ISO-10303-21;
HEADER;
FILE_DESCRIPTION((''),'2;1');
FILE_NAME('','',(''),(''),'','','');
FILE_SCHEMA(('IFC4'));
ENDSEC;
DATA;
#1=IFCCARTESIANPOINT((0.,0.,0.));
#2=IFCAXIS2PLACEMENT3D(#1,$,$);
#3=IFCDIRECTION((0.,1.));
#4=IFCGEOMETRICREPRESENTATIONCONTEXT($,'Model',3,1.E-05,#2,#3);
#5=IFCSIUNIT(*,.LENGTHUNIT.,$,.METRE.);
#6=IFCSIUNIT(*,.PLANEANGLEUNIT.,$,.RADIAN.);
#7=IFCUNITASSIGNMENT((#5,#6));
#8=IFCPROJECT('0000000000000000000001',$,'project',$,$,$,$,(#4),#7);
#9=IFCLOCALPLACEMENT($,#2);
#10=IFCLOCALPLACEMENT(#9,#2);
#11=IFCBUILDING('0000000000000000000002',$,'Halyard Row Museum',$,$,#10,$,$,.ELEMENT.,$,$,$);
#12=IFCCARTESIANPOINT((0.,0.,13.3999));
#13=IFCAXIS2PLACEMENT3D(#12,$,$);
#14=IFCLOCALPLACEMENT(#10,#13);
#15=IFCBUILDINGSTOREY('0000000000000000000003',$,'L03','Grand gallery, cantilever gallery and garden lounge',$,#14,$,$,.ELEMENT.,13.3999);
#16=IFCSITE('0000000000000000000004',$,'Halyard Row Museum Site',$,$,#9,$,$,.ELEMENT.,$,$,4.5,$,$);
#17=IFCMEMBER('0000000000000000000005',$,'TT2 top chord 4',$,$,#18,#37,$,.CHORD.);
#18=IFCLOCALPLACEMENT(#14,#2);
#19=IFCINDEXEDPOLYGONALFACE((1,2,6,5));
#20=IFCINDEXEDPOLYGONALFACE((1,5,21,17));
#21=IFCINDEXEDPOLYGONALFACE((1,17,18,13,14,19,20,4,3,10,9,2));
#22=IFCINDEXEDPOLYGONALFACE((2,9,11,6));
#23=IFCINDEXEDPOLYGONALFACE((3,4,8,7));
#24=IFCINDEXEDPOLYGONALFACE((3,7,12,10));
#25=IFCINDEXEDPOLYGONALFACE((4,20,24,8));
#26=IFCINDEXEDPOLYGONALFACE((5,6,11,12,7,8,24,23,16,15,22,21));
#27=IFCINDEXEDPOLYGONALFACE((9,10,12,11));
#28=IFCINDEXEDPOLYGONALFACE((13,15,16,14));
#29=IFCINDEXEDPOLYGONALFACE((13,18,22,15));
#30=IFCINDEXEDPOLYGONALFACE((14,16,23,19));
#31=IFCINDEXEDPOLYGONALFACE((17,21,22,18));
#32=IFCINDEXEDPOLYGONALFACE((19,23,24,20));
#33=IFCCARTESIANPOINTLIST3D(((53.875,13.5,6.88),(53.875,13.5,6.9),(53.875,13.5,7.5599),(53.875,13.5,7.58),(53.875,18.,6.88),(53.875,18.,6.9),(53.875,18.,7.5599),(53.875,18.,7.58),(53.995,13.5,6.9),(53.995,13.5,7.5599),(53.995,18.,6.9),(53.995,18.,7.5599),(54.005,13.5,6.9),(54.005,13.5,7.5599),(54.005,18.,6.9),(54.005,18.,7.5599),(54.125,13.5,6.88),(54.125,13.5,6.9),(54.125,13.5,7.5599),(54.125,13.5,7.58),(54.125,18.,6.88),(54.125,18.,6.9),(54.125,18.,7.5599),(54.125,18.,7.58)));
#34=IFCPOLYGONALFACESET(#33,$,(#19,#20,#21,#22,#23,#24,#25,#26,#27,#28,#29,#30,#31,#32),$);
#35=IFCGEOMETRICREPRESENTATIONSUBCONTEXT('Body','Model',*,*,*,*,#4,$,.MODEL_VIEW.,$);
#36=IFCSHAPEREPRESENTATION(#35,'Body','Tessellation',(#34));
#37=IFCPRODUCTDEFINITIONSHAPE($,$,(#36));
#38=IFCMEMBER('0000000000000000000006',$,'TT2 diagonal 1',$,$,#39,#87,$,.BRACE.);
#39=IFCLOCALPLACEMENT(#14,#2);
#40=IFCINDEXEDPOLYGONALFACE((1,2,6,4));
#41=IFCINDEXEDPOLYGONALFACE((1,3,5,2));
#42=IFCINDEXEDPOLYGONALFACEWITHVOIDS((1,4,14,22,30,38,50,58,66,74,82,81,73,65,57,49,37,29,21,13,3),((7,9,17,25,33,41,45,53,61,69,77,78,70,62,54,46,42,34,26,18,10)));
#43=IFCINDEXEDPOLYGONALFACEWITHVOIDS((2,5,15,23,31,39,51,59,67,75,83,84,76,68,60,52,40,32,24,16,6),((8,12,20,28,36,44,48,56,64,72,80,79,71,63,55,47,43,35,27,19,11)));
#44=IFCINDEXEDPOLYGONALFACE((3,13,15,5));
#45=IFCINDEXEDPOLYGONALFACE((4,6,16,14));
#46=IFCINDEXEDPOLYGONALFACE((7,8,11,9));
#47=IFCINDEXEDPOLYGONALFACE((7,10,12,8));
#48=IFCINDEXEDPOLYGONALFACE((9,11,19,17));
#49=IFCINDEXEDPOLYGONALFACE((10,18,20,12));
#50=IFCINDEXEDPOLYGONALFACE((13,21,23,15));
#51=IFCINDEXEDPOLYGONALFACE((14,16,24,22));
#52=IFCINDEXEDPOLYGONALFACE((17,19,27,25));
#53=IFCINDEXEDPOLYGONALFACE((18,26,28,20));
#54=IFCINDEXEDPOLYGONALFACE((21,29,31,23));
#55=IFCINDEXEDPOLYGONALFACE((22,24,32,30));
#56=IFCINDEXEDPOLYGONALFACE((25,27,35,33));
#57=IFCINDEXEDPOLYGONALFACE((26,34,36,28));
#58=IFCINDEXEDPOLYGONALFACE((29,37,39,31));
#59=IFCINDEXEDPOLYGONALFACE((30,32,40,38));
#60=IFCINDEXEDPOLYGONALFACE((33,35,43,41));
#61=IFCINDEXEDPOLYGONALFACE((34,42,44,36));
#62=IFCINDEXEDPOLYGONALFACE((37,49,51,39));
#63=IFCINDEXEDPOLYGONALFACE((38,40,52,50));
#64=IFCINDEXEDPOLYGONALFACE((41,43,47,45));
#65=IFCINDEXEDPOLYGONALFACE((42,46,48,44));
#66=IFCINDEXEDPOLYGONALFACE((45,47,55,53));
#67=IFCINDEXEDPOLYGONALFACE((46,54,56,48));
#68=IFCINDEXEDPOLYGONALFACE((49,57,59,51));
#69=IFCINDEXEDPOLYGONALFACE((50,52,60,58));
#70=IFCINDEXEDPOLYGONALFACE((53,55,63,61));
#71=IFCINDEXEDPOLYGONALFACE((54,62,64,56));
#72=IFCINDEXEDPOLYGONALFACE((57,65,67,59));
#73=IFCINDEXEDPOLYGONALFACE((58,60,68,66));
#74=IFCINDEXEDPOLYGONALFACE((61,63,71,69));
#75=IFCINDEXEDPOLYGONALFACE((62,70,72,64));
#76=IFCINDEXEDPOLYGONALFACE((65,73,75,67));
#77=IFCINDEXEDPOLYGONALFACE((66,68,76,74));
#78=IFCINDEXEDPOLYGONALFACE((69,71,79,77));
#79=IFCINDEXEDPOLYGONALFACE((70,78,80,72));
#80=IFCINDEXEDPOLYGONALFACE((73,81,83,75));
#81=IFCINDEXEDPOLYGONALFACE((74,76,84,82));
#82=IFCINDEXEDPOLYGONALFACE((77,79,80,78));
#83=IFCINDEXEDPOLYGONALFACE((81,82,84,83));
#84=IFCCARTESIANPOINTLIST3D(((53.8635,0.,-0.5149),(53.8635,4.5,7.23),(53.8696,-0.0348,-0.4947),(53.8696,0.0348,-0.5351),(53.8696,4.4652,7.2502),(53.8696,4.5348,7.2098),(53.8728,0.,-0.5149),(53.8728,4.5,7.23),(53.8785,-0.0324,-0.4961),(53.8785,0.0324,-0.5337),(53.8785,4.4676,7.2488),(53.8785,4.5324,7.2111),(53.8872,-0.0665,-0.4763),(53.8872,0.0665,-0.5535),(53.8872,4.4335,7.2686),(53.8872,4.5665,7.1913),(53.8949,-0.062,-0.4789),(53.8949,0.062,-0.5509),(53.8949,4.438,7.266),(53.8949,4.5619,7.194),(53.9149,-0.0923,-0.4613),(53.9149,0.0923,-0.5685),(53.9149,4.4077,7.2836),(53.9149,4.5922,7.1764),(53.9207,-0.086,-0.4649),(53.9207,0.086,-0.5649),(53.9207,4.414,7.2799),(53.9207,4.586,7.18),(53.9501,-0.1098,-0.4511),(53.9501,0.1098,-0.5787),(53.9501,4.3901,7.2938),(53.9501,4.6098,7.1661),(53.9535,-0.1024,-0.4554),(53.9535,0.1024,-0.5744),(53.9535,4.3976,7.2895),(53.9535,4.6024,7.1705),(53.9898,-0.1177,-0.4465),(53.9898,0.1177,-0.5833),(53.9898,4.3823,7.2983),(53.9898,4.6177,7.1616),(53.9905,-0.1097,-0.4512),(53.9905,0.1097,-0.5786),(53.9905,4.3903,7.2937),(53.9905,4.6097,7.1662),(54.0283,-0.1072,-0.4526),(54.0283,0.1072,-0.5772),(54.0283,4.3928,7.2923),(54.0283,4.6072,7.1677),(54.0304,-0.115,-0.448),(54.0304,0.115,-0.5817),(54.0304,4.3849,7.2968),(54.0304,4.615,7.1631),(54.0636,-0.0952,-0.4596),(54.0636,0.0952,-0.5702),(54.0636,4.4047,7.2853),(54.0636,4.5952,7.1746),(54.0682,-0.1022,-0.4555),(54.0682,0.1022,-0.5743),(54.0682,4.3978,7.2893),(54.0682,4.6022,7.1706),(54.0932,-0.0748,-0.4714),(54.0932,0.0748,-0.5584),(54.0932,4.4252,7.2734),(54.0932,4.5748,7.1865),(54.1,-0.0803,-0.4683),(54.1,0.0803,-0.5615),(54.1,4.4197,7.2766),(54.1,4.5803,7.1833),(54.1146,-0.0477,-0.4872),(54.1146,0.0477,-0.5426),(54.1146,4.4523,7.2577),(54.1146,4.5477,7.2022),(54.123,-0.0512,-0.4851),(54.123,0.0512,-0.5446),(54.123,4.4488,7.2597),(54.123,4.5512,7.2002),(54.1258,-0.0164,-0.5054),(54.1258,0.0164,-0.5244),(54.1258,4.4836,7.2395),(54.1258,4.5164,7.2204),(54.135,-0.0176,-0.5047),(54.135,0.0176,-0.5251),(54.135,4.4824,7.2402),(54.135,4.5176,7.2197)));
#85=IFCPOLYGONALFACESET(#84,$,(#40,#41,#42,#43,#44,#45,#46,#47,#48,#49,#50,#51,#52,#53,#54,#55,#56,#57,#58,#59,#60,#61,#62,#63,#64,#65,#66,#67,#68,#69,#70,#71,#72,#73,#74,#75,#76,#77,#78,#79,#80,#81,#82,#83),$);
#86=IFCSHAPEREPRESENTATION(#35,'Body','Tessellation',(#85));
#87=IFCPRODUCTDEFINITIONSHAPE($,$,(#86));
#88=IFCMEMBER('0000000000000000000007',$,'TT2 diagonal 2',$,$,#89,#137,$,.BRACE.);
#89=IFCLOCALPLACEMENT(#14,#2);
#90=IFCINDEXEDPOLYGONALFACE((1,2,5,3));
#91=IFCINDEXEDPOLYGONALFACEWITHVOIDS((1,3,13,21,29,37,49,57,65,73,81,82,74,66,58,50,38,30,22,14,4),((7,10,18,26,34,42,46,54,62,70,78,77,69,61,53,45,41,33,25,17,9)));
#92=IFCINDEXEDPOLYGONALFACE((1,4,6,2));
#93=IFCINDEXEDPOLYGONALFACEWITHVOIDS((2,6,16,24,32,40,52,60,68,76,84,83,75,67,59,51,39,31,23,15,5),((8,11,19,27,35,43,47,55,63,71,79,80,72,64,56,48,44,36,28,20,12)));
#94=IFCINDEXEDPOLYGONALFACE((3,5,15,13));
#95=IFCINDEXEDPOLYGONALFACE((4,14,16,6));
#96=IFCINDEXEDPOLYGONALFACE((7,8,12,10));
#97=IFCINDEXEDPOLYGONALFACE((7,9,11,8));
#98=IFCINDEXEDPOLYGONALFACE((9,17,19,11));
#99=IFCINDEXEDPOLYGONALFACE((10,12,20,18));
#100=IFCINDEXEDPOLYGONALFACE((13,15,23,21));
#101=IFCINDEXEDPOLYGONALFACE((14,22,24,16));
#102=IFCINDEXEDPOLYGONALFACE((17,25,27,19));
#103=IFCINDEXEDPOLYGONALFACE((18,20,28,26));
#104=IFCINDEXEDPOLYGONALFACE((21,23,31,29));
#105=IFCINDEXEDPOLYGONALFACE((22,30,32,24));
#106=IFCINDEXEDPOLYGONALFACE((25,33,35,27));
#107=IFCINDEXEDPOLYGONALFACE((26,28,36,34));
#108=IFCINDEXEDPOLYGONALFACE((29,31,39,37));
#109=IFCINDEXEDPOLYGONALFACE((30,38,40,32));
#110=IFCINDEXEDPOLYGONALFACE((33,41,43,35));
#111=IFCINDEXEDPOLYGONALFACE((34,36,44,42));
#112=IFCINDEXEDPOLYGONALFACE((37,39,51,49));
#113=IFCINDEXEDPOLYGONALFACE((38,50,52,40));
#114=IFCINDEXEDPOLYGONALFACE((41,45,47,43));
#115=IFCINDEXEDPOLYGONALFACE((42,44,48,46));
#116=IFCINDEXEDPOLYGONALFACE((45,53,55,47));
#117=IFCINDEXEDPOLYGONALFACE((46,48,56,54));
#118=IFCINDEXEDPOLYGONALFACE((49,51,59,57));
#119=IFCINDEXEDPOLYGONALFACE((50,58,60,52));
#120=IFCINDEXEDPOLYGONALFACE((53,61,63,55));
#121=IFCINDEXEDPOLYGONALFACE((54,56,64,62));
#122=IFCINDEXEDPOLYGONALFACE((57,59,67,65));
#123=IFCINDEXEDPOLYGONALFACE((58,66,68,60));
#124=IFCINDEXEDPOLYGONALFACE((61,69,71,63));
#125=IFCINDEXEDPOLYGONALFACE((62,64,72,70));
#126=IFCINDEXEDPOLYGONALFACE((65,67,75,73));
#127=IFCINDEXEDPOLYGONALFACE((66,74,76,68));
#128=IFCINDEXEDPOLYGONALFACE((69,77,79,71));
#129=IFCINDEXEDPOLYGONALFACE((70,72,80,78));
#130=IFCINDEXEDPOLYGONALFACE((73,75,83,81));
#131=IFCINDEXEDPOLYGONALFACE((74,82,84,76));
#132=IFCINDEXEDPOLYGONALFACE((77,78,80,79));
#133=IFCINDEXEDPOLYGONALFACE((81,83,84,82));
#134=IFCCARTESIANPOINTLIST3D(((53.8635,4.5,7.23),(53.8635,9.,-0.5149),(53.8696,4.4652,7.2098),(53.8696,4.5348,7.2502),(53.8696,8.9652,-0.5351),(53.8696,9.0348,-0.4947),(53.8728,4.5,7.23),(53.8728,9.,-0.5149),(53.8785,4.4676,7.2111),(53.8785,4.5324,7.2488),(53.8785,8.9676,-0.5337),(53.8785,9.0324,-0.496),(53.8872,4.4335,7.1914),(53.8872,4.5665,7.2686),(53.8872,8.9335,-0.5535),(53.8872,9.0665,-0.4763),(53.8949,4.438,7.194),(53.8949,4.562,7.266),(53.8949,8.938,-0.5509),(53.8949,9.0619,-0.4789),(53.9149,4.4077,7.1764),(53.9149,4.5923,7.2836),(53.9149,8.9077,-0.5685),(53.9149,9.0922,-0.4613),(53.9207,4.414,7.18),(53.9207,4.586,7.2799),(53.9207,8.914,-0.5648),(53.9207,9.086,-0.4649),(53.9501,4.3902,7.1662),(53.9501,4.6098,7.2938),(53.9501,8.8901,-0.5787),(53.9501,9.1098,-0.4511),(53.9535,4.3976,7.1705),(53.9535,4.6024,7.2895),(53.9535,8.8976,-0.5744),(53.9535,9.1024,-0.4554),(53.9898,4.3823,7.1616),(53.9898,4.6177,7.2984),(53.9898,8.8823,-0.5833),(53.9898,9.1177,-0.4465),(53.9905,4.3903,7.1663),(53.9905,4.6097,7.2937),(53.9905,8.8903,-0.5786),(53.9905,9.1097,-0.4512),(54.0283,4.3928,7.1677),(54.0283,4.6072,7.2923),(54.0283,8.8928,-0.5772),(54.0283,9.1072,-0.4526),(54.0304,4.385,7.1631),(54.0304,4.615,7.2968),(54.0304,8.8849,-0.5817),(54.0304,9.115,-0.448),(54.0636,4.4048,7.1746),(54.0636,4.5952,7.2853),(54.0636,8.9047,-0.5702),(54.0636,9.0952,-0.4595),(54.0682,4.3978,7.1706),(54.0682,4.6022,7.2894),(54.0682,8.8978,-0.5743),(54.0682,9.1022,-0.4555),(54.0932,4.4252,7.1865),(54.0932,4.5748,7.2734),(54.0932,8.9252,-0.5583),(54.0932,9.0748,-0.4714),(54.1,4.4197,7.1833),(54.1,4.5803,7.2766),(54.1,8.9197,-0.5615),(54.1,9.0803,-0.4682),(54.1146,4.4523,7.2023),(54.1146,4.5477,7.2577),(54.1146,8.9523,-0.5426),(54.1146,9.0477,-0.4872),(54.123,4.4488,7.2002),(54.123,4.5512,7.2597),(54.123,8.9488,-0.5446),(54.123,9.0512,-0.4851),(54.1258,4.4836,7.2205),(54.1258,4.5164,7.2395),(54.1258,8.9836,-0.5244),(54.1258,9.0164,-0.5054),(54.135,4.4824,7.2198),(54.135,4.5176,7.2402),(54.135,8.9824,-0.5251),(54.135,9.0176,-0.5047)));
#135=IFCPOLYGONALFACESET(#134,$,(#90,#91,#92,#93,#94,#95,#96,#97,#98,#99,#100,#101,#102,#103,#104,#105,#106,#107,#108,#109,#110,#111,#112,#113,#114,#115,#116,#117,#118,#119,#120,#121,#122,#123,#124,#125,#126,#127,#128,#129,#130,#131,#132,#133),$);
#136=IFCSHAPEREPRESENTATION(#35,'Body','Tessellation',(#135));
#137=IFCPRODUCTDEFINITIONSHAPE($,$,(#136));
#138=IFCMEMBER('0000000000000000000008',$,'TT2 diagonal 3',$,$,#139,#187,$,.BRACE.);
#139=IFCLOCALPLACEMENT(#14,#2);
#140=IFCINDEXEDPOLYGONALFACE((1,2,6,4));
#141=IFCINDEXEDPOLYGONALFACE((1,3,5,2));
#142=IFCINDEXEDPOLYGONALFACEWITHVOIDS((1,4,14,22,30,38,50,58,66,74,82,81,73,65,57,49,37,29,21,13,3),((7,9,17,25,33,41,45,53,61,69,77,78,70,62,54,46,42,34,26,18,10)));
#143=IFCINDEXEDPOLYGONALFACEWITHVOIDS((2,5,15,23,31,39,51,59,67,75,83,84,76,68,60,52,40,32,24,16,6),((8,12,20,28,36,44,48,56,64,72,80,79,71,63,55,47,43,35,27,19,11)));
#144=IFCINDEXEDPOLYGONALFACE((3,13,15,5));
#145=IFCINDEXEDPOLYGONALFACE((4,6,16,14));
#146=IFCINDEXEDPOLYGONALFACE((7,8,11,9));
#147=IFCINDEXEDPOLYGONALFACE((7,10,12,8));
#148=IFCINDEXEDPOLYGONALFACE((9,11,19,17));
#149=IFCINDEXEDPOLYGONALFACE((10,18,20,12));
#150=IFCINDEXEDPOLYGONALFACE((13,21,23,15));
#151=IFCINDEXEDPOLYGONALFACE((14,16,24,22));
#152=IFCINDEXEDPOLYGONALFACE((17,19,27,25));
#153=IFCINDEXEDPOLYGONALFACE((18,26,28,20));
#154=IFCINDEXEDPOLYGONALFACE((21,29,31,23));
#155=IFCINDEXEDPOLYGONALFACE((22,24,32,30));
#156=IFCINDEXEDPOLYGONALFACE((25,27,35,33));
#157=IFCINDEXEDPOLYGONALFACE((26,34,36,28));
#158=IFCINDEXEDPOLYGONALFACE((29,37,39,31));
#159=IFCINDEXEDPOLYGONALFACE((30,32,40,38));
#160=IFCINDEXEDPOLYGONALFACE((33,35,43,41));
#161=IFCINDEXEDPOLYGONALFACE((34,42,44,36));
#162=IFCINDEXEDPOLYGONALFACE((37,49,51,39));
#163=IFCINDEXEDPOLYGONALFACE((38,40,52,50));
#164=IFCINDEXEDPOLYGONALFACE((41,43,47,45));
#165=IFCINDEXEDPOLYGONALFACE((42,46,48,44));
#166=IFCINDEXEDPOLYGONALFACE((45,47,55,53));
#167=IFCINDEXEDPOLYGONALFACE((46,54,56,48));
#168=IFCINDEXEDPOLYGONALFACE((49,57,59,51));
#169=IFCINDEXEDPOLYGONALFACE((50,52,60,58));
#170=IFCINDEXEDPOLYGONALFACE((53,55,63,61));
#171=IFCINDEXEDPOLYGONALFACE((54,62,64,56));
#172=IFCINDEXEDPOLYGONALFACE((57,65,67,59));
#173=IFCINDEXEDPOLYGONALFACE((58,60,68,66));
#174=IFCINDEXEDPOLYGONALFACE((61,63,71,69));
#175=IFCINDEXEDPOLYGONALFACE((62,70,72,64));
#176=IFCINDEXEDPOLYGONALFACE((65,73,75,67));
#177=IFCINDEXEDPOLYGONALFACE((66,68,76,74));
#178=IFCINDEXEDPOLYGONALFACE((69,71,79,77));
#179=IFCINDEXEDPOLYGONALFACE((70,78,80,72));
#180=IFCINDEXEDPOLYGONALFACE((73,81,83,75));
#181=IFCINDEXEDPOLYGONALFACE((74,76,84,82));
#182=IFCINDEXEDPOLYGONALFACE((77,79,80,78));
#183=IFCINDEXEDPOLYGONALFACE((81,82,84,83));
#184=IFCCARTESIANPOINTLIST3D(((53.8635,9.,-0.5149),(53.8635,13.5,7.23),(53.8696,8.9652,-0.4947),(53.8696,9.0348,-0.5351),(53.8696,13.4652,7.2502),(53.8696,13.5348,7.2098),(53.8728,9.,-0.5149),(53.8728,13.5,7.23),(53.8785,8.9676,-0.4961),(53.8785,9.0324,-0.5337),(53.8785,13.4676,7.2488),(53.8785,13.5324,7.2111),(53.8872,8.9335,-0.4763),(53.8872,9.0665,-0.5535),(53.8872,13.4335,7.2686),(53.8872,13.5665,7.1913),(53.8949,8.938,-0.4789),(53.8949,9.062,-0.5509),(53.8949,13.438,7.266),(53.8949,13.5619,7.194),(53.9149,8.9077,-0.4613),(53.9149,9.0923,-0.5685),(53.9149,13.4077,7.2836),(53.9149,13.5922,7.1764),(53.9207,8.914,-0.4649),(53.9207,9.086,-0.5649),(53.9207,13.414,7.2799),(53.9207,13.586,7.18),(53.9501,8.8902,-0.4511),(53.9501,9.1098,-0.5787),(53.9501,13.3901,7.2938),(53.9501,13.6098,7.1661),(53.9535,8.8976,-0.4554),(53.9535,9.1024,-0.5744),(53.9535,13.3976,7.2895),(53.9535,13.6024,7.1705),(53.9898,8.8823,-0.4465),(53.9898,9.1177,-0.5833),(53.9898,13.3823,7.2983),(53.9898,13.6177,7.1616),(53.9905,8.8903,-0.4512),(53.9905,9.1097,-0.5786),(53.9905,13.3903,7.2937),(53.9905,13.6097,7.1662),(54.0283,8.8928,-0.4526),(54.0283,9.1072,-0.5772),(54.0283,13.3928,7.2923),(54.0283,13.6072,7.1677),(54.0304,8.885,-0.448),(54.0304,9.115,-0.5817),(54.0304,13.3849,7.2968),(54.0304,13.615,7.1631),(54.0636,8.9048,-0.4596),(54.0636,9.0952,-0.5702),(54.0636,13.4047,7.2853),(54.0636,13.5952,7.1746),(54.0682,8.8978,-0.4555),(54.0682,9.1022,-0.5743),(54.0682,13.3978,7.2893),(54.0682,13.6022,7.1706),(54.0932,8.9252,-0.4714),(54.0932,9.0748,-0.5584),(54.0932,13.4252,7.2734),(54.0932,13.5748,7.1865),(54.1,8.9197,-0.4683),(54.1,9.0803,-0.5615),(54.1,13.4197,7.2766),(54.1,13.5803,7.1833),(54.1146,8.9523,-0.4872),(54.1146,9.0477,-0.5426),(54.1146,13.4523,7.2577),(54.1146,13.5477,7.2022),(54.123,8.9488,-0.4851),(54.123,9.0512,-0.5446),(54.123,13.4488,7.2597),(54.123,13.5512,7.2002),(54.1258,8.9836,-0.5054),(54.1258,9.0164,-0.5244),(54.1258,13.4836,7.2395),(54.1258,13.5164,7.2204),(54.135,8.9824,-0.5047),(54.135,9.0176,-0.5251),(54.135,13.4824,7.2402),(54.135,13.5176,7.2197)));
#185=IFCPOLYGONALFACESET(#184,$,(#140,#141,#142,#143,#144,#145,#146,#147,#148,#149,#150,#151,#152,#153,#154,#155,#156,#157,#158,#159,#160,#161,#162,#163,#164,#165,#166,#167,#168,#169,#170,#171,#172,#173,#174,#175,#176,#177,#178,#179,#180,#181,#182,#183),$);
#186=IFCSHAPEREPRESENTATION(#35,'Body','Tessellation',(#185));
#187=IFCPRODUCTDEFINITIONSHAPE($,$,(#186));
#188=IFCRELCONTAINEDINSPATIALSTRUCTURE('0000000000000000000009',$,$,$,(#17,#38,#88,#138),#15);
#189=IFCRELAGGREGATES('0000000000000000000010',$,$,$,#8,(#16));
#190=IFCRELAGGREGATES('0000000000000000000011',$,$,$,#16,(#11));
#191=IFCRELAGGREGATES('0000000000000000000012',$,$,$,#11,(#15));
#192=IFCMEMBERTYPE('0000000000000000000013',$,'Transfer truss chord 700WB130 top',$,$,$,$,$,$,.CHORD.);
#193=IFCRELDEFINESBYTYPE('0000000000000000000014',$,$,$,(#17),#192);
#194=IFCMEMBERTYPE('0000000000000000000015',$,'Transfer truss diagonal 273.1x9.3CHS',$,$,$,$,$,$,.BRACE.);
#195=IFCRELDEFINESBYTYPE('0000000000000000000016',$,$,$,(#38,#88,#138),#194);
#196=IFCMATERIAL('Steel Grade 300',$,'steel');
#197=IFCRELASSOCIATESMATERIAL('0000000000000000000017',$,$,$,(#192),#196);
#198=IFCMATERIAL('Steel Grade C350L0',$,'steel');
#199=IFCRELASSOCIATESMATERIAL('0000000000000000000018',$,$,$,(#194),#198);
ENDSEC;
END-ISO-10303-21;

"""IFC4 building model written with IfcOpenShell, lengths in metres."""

from ifc_helpers import new_model, si_unit, direction, frame, origin, origin_2d, place, context, subcontext, project, spatial, hollow_circle, i_section, extrude, material, material_profile, profile_set, type_object, element, save


model = new_model("IFC4")

# Units and contexts
model_context = context("Model", 3, precision=1e-05, world=origin(), true_north=direction((0.0, 1.0)))
body_context = subcontext(model_context, "Body", "Model", "MODEL_VIEW")
ifc_project = project(units=[si_unit("LENGTHUNIT", "METRE"), si_unit("PLANEANGLEUNIT", "RADIAN")], contexts=[model_context])

# Site, building, storey
site_placement = place(None, origin())
site = spatial("IfcSite", under=ifc_project, at=site_placement, Name="Halyard Row Museum Site", CompositionType="ELEMENT", RefElevation=4.5)
building_placement = place(site_placement, origin())
building = spatial("IfcBuilding", under=site, at=building_placement, Name="Halyard Row Museum", CompositionType="ELEMENT")
storey_placement = place(building_placement, frame((0.0, 0.0, 13.3999)))
storey = spatial("IfcBuildingStorey", under=building, at=storey_placement, Name="L03", Description="Grand gallery, cantilever gallery and garden lounge", CompositionType="ELEMENT", Elevation=13.3999)

# Members
ifc_material_1 = material(Name="Steel Grade 300", Category="steel")
ifc_material_profile_1 = material_profile(ifc_material_1, i_section(OverallWidth=0.25, OverallDepth=0.7, WebThickness=0.01, FlangeThickness=0.02, at=origin_2d()), Name="700WB130")
ifc_profile_set_1 = profile_set([ifc_material_profile_1], Name="Steel Grade 300")
member_type_1 = type_object("IfcMemberType", Name="Transfer truss chord 700WB130 top", PredefinedType="CHORD", material=ifc_profile_set_1)
for number, where, z_axis, x_axis, name in (
    (1, (54.0, 13.5, 7.23), (0.0, 1.0, 0.0), (-1.0, 0.0, 0.0), "TT2 top chord 4"),
):
    element("IfcMember", number, at=place(storey_placement, frame(where, z_axis=z_axis, x_axis=x_axis)), inside=storey, type_object=member_type_1, Name=name, PredefinedType="CHORD", context=body_context, shape_type="SweptSolid", body=[
        extrude(i_section(OverallWidth=0.25, OverallDepth=0.7, WebThickness=0.01, FlangeThickness=0.02, at=origin_2d()), origin(), (0.0, 0.0, 1.0), 4.5),
    ])
ifc_material_2 = material(Name="Steel Grade C350L0", Category="steel")
ifc_material_profile_2 = material_profile(ifc_material_2, hollow_circle(Radius=0.1365, WallThickness=0.0093, at=origin_2d()), Name="273.1x9.3CHS")
ifc_profile_set_2 = profile_set([ifc_material_profile_2], Name="Steel Grade C350L0")
member_type_2 = type_object("IfcMemberType", Name="Transfer truss diagonal 273.1x9.3CHS", PredefinedType="BRACE", material=ifc_profile_set_2)
for number, where, z_axis, x_axis, name in (
    (2, (54.0, 0.0, -0.5149), (0.0, 0.502384, 0.864645), (-1.0, 0.0, 0.0), "TT2 diagonal 1"),
    (3, (54.0, 4.5, 7.23), (0.0, 0.502384, -0.864645), (-1.0, 0.0, 0.0), "TT2 diagonal 2"),
    (4, (54.0, 9.0, -0.5149), (0.0, 0.502384, 0.864645), (-1.0, 0.0, 0.0), "TT2 diagonal 3"),
):
    element("IfcMember", number, at=place(storey_placement, frame(where, z_axis=z_axis, x_axis=x_axis)), inside=storey, type_object=member_type_2, Name=name, PredefinedType="BRACE", context=body_context, shape_type="SweptSolid", body=[
        extrude(hollow_circle(Radius=0.1365, WallThickness=0.0093, at=origin_2d()), origin(), (0.0, 0.0, 1.0), 8.9573),
    ])

save(model, "model.ifc")
